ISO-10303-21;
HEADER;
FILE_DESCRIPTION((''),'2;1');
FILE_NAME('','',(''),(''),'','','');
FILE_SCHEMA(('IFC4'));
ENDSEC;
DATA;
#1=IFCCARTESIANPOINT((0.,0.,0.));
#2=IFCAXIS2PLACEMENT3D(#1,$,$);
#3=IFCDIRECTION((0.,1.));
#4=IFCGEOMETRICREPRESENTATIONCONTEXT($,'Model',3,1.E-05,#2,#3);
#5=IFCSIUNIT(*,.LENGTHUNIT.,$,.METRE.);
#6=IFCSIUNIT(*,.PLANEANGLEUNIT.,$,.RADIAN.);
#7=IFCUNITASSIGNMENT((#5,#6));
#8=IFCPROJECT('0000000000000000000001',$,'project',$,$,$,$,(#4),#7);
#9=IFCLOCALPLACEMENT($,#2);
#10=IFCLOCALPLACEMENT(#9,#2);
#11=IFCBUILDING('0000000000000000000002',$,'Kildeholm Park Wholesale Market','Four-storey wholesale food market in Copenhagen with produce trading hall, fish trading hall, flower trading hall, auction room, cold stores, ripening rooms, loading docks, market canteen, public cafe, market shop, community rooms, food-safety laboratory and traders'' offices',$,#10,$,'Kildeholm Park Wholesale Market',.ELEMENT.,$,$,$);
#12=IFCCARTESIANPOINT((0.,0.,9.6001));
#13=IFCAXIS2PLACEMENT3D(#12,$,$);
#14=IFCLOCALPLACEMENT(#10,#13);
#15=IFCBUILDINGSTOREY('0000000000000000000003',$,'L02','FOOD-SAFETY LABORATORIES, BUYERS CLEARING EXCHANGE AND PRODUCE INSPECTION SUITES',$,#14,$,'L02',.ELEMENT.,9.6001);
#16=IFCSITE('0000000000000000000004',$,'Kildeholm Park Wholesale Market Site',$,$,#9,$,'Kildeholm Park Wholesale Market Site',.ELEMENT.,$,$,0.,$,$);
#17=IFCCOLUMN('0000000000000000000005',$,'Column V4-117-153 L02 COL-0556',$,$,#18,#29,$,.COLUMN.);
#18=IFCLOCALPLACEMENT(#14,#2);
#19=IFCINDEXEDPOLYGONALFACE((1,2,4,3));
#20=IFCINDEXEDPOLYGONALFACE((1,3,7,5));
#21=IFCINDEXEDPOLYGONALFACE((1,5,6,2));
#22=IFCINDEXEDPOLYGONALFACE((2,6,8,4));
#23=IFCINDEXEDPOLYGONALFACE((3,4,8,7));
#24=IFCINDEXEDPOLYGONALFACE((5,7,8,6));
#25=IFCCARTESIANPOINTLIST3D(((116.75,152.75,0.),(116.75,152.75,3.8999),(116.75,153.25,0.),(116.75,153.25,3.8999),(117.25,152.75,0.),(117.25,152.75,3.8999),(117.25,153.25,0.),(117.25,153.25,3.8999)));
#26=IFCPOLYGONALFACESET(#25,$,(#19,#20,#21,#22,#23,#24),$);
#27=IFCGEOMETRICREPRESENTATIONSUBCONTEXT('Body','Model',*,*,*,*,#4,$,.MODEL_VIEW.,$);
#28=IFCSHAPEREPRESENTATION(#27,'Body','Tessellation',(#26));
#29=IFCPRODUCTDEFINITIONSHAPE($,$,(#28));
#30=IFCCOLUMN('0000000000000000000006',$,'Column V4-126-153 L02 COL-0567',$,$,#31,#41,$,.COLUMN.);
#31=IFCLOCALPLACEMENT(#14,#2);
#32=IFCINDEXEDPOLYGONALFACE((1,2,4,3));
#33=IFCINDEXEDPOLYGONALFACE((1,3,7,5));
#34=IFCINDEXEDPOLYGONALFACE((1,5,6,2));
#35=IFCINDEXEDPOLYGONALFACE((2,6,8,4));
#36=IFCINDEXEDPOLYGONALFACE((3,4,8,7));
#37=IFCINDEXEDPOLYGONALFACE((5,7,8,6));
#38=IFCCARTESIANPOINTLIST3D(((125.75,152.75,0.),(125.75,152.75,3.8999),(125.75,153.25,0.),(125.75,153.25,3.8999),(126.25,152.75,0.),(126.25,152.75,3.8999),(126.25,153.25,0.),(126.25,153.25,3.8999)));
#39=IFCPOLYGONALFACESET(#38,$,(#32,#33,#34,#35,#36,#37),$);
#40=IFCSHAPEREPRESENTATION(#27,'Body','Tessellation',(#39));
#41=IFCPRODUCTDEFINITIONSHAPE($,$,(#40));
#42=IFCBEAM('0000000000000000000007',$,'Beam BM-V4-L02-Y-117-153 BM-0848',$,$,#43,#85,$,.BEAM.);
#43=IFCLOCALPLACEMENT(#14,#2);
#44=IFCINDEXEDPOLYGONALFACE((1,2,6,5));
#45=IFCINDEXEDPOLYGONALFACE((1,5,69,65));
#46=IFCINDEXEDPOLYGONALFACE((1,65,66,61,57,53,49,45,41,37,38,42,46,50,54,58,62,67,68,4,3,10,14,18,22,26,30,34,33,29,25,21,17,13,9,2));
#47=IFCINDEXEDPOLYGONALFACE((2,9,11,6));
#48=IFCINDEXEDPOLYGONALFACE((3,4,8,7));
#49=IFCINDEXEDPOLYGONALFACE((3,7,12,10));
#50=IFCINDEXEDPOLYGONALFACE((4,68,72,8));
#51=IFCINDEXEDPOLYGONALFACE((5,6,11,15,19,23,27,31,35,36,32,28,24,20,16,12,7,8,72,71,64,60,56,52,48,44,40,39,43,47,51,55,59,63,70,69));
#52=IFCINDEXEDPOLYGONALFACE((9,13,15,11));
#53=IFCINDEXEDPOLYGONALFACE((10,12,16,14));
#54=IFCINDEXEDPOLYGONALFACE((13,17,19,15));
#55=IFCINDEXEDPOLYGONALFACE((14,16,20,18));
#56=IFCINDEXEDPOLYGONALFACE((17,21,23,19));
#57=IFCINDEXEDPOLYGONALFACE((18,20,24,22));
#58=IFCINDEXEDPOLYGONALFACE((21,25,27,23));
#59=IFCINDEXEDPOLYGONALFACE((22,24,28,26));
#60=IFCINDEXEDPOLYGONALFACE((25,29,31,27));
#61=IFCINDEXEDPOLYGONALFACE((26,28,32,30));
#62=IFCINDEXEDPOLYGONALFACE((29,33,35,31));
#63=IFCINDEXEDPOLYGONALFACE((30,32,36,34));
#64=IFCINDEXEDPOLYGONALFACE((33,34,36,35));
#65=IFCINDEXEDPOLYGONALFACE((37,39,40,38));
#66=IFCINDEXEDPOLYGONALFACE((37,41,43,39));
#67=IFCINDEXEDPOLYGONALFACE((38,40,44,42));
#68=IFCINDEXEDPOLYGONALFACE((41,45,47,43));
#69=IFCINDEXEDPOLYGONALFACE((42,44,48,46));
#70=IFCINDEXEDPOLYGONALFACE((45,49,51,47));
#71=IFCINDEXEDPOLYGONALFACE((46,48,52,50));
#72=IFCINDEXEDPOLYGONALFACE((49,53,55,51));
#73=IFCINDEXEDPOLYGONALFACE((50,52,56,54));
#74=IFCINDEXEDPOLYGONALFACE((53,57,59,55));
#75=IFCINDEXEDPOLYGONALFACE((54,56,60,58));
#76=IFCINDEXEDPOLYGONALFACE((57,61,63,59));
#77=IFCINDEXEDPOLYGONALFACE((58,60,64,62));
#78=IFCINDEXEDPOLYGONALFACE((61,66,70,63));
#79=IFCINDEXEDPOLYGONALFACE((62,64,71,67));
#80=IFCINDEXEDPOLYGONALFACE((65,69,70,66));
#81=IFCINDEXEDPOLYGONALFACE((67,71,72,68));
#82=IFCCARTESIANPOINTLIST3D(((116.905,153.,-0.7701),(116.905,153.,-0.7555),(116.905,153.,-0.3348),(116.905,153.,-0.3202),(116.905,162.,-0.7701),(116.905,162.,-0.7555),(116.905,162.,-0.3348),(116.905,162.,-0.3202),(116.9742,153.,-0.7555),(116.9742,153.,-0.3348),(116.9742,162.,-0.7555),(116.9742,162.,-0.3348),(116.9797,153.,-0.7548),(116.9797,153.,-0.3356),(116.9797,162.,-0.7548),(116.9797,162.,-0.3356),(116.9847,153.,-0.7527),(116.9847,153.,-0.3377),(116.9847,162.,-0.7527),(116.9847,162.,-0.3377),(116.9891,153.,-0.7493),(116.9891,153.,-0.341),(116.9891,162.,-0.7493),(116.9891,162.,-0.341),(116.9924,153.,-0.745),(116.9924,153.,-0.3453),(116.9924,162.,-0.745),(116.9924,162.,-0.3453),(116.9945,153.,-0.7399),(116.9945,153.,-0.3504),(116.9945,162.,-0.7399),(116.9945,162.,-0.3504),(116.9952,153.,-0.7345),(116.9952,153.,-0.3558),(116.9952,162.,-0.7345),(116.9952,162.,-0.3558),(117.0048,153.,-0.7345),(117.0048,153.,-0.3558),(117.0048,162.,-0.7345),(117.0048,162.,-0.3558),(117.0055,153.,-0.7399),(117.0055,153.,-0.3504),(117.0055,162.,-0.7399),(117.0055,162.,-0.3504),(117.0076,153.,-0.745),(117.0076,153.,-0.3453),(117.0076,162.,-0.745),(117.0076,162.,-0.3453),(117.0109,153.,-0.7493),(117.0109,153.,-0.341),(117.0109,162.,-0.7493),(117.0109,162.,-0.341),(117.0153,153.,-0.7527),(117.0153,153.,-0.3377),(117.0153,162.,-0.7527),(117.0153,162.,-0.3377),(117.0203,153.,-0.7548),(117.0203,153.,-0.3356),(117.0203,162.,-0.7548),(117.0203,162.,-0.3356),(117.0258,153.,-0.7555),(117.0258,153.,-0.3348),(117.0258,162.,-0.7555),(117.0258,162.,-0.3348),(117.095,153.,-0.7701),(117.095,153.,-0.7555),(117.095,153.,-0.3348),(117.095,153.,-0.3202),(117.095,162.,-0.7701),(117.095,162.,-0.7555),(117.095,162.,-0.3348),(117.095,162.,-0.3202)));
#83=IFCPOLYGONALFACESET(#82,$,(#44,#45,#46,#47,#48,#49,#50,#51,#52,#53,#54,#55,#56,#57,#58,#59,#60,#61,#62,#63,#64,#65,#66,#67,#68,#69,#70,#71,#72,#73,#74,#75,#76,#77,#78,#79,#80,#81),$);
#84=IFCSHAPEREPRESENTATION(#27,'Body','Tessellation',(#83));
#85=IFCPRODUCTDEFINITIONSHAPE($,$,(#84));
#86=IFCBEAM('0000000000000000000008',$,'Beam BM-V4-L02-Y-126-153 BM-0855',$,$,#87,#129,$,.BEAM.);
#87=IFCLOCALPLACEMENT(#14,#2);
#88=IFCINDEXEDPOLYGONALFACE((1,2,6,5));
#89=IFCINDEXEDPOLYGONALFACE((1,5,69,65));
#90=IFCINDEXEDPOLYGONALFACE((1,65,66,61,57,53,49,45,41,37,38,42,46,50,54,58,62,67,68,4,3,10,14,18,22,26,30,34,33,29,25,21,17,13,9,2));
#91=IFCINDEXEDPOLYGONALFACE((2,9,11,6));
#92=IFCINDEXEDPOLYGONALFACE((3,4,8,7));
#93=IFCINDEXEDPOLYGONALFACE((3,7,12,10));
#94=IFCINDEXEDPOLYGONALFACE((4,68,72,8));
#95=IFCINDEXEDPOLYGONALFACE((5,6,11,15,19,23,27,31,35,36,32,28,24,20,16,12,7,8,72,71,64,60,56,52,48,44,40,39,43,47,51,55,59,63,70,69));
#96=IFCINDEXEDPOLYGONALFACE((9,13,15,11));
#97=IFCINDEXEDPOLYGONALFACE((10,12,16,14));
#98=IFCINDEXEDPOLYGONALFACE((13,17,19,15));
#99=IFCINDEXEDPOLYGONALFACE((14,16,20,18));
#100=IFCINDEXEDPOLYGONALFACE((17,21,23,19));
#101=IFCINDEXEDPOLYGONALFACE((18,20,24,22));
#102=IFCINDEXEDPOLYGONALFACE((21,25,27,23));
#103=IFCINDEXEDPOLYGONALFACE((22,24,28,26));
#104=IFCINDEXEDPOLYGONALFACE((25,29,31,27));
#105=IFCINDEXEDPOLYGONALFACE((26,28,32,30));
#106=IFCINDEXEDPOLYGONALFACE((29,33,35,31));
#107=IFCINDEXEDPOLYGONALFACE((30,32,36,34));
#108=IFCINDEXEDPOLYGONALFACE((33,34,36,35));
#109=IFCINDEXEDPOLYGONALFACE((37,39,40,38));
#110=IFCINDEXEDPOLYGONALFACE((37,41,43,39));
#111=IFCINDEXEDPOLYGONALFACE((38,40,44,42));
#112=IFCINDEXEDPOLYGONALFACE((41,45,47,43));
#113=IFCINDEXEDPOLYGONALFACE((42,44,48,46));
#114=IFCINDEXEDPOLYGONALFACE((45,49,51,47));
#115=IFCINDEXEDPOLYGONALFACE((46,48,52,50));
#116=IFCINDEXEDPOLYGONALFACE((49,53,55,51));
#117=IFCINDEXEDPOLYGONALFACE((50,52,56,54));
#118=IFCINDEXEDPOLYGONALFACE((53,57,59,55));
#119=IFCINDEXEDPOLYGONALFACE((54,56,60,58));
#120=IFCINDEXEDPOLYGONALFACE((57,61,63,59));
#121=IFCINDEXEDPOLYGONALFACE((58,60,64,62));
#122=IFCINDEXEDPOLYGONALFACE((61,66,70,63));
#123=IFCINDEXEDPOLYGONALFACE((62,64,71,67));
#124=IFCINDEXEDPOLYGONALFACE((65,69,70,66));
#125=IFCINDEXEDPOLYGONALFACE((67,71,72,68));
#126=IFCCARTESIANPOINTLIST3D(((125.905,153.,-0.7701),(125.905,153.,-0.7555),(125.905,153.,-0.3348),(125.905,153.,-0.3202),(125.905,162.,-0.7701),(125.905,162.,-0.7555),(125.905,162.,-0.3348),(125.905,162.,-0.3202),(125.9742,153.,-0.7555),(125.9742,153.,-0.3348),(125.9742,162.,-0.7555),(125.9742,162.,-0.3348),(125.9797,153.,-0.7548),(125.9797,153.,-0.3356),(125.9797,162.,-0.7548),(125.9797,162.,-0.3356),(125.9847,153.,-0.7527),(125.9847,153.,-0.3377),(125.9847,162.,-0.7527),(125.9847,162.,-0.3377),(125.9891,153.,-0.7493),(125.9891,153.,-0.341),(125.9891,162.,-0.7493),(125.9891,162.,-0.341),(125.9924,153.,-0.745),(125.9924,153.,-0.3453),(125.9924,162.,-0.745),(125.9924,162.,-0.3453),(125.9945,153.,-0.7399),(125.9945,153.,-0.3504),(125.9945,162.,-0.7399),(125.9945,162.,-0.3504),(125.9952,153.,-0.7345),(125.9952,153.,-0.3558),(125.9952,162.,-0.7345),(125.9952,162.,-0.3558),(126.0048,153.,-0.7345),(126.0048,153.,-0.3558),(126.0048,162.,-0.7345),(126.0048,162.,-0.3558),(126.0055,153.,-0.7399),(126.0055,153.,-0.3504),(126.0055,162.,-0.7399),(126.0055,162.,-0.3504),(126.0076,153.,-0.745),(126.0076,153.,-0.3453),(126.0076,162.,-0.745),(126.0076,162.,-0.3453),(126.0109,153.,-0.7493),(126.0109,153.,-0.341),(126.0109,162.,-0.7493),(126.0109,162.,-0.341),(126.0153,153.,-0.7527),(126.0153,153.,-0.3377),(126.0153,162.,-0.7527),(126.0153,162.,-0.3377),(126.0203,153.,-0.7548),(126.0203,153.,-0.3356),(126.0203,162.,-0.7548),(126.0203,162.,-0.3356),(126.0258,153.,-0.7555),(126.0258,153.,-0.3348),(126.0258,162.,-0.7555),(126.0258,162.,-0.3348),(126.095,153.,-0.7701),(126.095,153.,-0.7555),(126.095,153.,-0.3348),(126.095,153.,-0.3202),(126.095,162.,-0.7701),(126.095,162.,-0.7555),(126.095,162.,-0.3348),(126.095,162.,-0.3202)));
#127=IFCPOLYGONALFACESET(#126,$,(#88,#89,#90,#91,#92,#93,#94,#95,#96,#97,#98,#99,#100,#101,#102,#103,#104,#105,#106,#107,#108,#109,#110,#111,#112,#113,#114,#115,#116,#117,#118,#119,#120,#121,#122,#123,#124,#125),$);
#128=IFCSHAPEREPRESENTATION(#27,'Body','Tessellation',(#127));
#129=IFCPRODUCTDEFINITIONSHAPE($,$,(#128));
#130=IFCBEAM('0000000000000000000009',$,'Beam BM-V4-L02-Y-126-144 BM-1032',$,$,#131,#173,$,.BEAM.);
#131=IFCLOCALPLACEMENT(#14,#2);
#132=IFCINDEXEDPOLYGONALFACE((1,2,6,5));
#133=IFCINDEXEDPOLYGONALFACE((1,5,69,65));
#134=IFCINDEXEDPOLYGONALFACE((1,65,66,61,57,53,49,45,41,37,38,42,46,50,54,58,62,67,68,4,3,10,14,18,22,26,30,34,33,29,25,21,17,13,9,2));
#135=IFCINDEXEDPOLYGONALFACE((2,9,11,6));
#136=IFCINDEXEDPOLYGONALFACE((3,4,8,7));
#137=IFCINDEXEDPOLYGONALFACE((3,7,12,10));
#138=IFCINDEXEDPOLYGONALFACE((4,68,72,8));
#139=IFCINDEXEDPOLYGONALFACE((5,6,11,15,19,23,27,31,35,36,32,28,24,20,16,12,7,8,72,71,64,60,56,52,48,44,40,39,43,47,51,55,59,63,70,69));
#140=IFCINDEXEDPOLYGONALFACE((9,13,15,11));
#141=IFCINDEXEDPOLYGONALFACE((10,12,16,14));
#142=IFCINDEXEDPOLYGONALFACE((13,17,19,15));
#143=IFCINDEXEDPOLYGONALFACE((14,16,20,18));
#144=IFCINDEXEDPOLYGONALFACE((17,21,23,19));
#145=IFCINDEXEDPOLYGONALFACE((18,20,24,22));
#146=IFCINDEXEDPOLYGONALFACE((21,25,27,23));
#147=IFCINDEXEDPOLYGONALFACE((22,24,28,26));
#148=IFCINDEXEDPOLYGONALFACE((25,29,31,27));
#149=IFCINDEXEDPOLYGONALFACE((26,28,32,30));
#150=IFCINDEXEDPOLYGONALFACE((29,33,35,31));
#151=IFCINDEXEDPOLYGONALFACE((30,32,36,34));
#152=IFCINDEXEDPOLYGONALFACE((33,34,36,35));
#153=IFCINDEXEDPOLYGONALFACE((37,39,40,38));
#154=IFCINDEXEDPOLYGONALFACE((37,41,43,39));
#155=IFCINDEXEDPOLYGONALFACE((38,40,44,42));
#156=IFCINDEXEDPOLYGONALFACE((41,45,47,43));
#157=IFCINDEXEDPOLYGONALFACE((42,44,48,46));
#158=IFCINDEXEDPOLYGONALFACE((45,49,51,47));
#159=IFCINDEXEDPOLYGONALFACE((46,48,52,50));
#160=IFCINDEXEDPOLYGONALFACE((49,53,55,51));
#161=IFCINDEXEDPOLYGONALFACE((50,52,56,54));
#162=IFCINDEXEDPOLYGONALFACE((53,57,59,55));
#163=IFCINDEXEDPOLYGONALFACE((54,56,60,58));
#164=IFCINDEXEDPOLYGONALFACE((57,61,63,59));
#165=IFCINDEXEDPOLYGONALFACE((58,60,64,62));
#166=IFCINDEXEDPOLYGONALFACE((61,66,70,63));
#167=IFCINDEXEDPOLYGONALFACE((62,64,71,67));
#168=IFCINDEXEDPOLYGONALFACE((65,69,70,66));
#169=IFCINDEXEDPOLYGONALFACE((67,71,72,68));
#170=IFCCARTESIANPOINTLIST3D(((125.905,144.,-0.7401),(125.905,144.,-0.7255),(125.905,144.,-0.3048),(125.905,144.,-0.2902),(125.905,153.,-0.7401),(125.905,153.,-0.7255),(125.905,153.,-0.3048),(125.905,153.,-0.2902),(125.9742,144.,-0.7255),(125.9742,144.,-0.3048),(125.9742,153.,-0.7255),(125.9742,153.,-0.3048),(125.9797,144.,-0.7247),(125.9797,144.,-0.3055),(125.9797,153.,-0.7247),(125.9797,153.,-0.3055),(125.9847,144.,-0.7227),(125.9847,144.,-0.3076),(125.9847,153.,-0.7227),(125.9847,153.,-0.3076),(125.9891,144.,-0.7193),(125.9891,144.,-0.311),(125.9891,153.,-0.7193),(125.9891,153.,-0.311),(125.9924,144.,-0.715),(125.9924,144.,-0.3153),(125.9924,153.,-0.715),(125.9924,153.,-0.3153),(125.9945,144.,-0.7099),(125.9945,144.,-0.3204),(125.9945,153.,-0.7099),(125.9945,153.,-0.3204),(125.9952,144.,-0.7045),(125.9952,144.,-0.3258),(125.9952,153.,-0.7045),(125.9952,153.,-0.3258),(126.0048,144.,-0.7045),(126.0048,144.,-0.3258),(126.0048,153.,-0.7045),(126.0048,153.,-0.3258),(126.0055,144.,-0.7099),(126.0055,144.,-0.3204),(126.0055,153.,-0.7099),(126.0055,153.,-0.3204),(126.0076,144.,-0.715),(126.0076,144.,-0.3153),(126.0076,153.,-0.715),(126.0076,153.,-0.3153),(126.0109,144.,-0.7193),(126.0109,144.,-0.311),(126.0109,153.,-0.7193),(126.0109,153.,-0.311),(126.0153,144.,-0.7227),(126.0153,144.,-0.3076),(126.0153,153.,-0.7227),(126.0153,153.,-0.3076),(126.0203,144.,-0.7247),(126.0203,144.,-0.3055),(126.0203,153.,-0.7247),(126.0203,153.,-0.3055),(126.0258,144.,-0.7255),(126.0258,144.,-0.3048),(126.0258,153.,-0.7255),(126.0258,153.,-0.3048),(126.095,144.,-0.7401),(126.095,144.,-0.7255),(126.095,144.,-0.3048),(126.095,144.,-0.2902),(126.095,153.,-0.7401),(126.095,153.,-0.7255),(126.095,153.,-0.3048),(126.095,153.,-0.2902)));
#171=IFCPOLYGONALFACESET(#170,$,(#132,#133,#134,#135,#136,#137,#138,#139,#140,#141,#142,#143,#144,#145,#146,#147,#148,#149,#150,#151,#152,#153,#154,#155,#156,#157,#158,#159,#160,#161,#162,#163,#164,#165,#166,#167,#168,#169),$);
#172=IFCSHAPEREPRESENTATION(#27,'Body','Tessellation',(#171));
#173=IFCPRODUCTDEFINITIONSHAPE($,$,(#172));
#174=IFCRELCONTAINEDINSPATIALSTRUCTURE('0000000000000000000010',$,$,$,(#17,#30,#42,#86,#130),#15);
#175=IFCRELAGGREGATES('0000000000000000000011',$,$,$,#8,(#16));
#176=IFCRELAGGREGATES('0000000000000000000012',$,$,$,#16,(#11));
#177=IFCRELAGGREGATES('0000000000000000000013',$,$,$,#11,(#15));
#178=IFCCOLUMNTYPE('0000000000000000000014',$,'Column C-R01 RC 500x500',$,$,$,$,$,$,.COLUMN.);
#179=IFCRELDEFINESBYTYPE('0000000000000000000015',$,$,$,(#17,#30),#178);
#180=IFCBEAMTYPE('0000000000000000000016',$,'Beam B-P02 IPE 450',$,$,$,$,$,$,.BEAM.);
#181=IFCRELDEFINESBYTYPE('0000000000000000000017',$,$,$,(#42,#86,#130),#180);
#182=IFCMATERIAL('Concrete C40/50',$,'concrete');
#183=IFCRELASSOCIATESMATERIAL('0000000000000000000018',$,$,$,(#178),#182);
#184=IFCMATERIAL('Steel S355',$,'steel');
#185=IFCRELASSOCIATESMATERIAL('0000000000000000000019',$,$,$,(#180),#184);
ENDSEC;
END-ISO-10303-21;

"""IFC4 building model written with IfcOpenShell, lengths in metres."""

from ifc_helpers import new_model, si_unit, direction, frame, origin, origin_2d, place, context, subcontext, project, spatial, rectangle, i_section, extrude, material, material_profile, profile_set, type_object, element, save


model = new_model("IFC4")

# Units and contexts
model_context = context("Model", 3, precision=1e-05, world=origin(), true_north=direction((0.0, 1.0)))
body_context = subcontext(model_context, "Body", "Model", "MODEL_VIEW")
ifc_project = project(units=[si_unit("LENGTHUNIT", "METRE"), si_unit("PLANEANGLEUNIT", "RADIAN")], contexts=[model_context])

# Site, building, storey
site_placement = place(None, origin())
site = spatial("IfcSite", under=ifc_project, at=site_placement, Name="Kildeholm Park Wholesale Market Site", LongName="Kildeholm Park Wholesale Market Site", CompositionType="ELEMENT", RefElevation=0.0)
building_placement = place(site_placement, origin())
building = spatial("IfcBuilding", under=site, at=building_placement, Name="Kildeholm Park Wholesale Market", Description="Four-storey wholesale food market in Copenhagen with produce trading hall, fish trading hall, flower trading hall, auction room, cold stores, ripening rooms, loading docks, market canteen, public cafe, market shop, community rooms, food-safety laboratory and traders' offices", LongName="Kildeholm Park Wholesale Market", CompositionType="ELEMENT")
storey_placement = place(building_placement, frame((0.0, 0.0, 9.6001)))
storey = spatial("IfcBuildingStorey", under=building, at=storey_placement, Name="L02", Description="FOOD-SAFETY LABORATORIES, BUYERS CLEARING EXCHANGE AND PRODUCE INSPECTION SUITES", LongName="L02", CompositionType="ELEMENT", Elevation=9.6001)

# Columns
ifc_material_1 = material(Name="Concrete C40/50", Category="concrete")
ifc_material_profile_1 = material_profile(ifc_material_1, rectangle(XDim=0.5, YDim=0.5, at=origin_2d()), Name="RC 500x500")
ifc_profile_set_1 = profile_set([ifc_material_profile_1], Name="Concrete C40/50")
column_type = type_object("IfcColumnType", Name="Column C-R01 RC 500x500", PredefinedType="COLUMN", material=ifc_profile_set_1)
for number, where, z_axis, x_axis, name in (
    (1, (117.0, 153.0, 0.0), (0.0, 0.0, 1.0), (1.0, 0.0, 0.0), "Column V4-117-153 L02 COL-0556"),
    (2, (126.0, 153.0, 0.0), (0.0, 0.0, 1.0), (1.0, 0.0, 0.0), "Column V4-126-153 L02 COL-0567"),
):
    element("IfcColumn", number, at=place(storey_placement, frame(where, z_axis=z_axis, x_axis=x_axis)), inside=storey, type_object=column_type, Name=name, PredefinedType="COLUMN", context=body_context, shape_type="SweptSolid", body=[
        extrude(rectangle(XDim=0.5, YDim=0.5, at=origin_2d()), origin(), (0.0, 0.0, 1.0), 3.8999),
    ])

# Beams
ifc_material_2 = material(Name="Steel S355", Category="steel")
ifc_material_profile_2 = material_profile(ifc_material_2, i_section(OverallWidth=0.1899, OverallDepth=0.45, WebThickness=0.0095, FlangeThickness=0.0146, FilletRadius=0.021, at=origin_2d()), Name="IPE 450")
ifc_profile_set_2 = profile_set([ifc_material_profile_2], Name="Steel S355")
beam_type_1 = type_object("IfcBeamType", Name="Beam B-P02 IPE 450", PredefinedType="BEAM", material=ifc_profile_set_2)
for number, where, z_axis, x_axis, name in (
    (3, (117.0, 153.0, -0.5452), (0.0, 1.0, 0.0), (-1.0, 0.0, 0.0), "Beam BM-V4-L02-Y-117-153 BM-0848"),
    (4, (126.0, 153.0, -0.5452), (0.0, 1.0, 0.0), (-1.0, 0.0, 0.0), "Beam BM-V4-L02-Y-126-153 BM-0855"),
    (5, (126.0, 144.0, -0.5151), (0.0, 1.0, 0.0), (-1.0, 0.0, 0.0), "Beam BM-V4-L02-Y-126-144 BM-1032"),
):
    element("IfcBeam", number, at=place(storey_placement, frame(where, z_axis=z_axis, x_axis=x_axis)), inside=storey, type_object=beam_type_1, Name=name, PredefinedType="BEAM", context=body_context, shape_type="SweptSolid", body=[
        extrude(i_section(OverallWidth=0.1899, OverallDepth=0.45, WebThickness=0.0095, FlangeThickness=0.0146, FilletRadius=0.021, at=origin_2d()), origin(), (0.0, 0.0, 1.0), 9.0),
    ])

save(model, "model.ifc")
